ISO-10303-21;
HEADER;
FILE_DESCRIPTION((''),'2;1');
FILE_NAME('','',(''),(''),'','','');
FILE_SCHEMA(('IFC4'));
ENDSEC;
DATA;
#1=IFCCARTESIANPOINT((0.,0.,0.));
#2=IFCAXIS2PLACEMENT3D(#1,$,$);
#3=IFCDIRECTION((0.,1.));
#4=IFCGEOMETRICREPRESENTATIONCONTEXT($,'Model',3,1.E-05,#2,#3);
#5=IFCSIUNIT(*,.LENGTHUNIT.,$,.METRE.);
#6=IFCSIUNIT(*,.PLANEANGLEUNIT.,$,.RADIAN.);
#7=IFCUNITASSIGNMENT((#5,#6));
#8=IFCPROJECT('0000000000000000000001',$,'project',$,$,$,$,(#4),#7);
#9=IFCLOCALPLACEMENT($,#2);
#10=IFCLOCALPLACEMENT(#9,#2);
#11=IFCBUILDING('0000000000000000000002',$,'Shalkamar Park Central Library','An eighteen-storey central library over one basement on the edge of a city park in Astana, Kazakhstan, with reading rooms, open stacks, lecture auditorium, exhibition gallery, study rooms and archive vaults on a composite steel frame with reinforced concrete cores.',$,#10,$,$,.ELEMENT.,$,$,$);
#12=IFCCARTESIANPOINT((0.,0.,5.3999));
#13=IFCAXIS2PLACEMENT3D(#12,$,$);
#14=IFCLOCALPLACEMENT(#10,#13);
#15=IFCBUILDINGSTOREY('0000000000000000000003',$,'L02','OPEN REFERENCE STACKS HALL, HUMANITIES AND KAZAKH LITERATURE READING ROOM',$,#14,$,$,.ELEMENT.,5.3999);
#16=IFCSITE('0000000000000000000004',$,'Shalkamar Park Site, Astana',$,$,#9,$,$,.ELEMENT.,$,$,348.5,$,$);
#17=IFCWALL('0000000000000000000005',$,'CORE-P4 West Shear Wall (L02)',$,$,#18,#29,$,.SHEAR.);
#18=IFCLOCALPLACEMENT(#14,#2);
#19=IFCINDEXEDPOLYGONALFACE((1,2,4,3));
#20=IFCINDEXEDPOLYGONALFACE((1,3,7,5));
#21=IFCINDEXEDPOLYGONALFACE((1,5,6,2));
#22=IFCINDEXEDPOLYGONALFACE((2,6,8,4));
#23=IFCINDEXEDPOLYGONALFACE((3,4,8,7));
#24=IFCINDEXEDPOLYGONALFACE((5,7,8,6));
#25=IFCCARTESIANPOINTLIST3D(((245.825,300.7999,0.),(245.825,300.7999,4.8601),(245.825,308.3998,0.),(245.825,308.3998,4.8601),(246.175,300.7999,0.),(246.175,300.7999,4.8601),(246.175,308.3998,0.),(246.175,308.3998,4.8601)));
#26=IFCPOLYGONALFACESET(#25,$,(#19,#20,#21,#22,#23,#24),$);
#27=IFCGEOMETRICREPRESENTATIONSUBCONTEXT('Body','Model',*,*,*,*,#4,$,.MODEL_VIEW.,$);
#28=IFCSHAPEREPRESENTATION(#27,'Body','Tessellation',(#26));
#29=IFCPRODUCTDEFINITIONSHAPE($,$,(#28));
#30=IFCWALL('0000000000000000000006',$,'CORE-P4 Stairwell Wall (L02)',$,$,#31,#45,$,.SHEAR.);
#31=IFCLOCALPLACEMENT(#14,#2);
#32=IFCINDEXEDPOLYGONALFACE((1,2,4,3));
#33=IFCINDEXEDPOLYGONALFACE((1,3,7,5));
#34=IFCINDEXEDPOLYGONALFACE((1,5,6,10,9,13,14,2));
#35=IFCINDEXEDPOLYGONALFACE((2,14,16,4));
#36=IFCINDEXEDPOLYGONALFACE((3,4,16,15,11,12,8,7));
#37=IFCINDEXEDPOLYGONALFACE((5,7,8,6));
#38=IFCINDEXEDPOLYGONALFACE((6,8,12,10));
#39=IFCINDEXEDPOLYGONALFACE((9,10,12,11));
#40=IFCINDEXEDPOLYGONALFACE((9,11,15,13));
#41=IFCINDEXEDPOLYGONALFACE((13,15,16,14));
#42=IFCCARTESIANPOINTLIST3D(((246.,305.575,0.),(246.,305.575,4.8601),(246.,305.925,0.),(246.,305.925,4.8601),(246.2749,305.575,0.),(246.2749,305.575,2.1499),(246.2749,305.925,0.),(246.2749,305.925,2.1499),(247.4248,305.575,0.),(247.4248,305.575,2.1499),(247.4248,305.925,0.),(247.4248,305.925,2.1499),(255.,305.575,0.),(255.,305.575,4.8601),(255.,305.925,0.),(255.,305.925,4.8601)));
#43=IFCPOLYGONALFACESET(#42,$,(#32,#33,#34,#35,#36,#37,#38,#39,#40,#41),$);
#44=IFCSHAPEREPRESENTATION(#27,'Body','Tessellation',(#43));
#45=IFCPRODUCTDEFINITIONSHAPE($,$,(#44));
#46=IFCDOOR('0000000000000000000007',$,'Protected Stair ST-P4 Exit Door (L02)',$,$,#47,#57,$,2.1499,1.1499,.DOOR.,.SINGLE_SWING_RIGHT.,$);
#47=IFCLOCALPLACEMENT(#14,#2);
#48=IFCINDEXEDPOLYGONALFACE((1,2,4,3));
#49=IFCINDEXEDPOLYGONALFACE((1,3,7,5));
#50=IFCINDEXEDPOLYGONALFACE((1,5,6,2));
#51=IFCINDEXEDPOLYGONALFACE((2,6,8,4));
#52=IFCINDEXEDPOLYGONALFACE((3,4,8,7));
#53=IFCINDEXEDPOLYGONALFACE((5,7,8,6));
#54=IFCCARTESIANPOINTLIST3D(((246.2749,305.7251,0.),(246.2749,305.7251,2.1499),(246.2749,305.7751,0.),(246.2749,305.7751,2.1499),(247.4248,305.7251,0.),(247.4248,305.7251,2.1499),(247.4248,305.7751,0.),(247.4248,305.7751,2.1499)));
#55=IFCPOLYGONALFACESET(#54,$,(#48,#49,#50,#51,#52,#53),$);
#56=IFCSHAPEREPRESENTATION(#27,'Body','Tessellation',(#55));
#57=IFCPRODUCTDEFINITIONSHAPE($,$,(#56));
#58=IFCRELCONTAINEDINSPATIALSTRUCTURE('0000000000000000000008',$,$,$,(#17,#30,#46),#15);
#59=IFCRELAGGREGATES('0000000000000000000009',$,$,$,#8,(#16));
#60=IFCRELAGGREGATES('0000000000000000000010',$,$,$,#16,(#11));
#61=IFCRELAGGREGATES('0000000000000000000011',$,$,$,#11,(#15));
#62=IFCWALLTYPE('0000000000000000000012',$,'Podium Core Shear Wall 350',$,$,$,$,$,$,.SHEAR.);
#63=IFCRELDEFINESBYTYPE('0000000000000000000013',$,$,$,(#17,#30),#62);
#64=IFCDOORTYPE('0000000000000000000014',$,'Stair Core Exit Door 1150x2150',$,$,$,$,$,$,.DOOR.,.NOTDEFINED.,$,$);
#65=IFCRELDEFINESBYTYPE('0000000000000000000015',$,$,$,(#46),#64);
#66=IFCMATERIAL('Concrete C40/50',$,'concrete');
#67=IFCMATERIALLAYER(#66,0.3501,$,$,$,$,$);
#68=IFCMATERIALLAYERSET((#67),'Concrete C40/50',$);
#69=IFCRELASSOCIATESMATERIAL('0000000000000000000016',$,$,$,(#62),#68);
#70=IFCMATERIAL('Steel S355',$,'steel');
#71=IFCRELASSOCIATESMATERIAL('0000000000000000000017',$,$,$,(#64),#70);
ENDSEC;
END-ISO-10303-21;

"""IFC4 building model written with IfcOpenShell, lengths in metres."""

from ifc_helpers import new_model, si_unit, direction, frame, frame_2d, origin, place, context, subcontext, project, spatial, rectangle, extrude, material, layer, layer_set, type_object, element, fill, save


model = new_model("IFC4")

# Units and contexts
model_context = context("Model", 3, precision=1e-05, world=origin(), true_north=direction((0.0, 1.0)))
body_context = subcontext(model_context, "Body", "Model", "MODEL_VIEW")
ifc_project = project(units=[si_unit("LENGTHUNIT", "METRE"), si_unit("PLANEANGLEUNIT", "RADIAN")], contexts=[model_context])

# Site, building, storey
site_placement = place(None, origin())
site = spatial("IfcSite", under=ifc_project, at=site_placement, Name="Shalkamar Park Site, Astana", CompositionType="ELEMENT", RefElevation=348.5)
building_placement = place(site_placement, origin())
building = spatial("IfcBuilding", under=site, at=building_placement, Name="Shalkamar Park Central Library", Description="An eighteen-storey central library over one basement on the edge of a city park in Astana, Kazakhstan, with reading rooms, open stacks, lecture auditorium, exhibition gallery, study rooms and archive vaults on a composite steel frame with reinforced concrete cores.", CompositionType="ELEMENT")
storey_placement = place(building_placement, frame((0.0, 0.0, 5.3999)))
storey = spatial("IfcBuildingStorey", under=building, at=storey_placement, Name="L02", Description="OPEN REFERENCE STACKS HALL, HUMANITIES AND KAZAKH LITERATURE READING ROOM", CompositionType="ELEMENT", Elevation=5.3999)

# Shared definitions
ifc_material_1 = material(Name="Steel S355", Category="steel")

# Wall
ifc_material_2 = material(Name="Concrete C40/50", Category="concrete")
ifc_layer_1 = layer(ifc_material_2, 0.3501)
ifc_layer_set_1 = layer_set([ifc_layer_1], Name="Concrete C40/50")
wall_type_1 = type_object("IfcWallType", Name="Podium Core Shear Wall 350", PredefinedType="SHEAR", material=ifc_layer_set_1)
wall_1_placement = place(storey_placement, frame((246.0, 300.8, 0.0), z_axis=(0.0, 0.0, 1.0), x_axis=(0.0, 1.0, 0.0)))
element("IfcWall", 1, at=wall_1_placement, inside=storey, type_object=wall_type_1, Name="CORE-P4 West Shear Wall (L02)", PredefinedType="SHEAR", context=body_context, shape_type="SweptSolid", body=[
    extrude(rectangle(XDim=7.5999, YDim=0.3501, at=frame_2d((3.7998, 0.0))), origin(), (0.0, 0.0, 1.0), 4.8601),
])

# Wall, opening, door
wall_2_placement = place(storey_placement, frame((246.0, 305.75, 0.0), z_axis=(0.0, 0.0, 1.0), x_axis=(1.0, 0.0, 0.0)))
wall_2 = element("IfcWall", 2, at=wall_2_placement, inside=storey, type_object=wall_type_1, Name="CORE-P4 Stairwell Wall (L02)", PredefinedType="SHEAR", context=body_context, shape_type="SweptSolid", body=[
    extrude(rectangle(XDim=9.0, YDim=0.3501, at=frame_2d((4.5, 0.0))), origin(), (0.0, 0.0, 1.0), 4.8601),
])
opening_1_placement = place(wall_2_placement, frame((0.2749, 0.0, 0.0)))
opening_1 = element("IfcOpeningElement", 3, at=opening_1_placement, cuts=wall_2, PredefinedType="OPENING", context=body_context, shape_type="SweptSolid", body=[
    extrude(rectangle(XDim=1.1499, YDim=2.1499, at=frame_2d((0.575, 1.075))), frame((0.0, 0.1899, 0.0), z_axis=(0.0, -1.0, 0.0), x_axis=(1.0, 0.0, 0.0)), (0.0, 0.0, 1.0), 0.3799),
])
door_type_1 = type_object("IfcDoorType", Name="Stair Core Exit Door 1150x2150", OperationType="NOTDEFINED", PredefinedType="DOOR", material=ifc_material_1)
door_1_placement = place(opening_1_placement, frame((1.1499, 0.0, 0.0), z_axis=(0.0, 0.0, 1.0), x_axis=(-1.0, 0.0, 0.0)))
door_1 = element("IfcDoor", 4, at=door_1_placement, inside=storey, type_object=door_type_1, Name="Protected Stair ST-P4 Exit Door (L02)", OperationType="SINGLE_SWING_RIGHT", OverallHeight=2.1499, OverallWidth=1.1499, PredefinedType="DOOR", context=body_context, shape_type="SweptSolid", body=[
    extrude(rectangle(XDim=1.1499, YDim=2.1499, at=frame_2d((0.575, 1.075))), frame((0.0, 0.0249, 0.0), z_axis=(0.0, -1.0, 0.0), x_axis=(1.0, 0.0, 0.0)), (0.0, 0.0, 1.0), 0.05),
])
fill(opening_1, door_1)

save(model, "model.ifc")
